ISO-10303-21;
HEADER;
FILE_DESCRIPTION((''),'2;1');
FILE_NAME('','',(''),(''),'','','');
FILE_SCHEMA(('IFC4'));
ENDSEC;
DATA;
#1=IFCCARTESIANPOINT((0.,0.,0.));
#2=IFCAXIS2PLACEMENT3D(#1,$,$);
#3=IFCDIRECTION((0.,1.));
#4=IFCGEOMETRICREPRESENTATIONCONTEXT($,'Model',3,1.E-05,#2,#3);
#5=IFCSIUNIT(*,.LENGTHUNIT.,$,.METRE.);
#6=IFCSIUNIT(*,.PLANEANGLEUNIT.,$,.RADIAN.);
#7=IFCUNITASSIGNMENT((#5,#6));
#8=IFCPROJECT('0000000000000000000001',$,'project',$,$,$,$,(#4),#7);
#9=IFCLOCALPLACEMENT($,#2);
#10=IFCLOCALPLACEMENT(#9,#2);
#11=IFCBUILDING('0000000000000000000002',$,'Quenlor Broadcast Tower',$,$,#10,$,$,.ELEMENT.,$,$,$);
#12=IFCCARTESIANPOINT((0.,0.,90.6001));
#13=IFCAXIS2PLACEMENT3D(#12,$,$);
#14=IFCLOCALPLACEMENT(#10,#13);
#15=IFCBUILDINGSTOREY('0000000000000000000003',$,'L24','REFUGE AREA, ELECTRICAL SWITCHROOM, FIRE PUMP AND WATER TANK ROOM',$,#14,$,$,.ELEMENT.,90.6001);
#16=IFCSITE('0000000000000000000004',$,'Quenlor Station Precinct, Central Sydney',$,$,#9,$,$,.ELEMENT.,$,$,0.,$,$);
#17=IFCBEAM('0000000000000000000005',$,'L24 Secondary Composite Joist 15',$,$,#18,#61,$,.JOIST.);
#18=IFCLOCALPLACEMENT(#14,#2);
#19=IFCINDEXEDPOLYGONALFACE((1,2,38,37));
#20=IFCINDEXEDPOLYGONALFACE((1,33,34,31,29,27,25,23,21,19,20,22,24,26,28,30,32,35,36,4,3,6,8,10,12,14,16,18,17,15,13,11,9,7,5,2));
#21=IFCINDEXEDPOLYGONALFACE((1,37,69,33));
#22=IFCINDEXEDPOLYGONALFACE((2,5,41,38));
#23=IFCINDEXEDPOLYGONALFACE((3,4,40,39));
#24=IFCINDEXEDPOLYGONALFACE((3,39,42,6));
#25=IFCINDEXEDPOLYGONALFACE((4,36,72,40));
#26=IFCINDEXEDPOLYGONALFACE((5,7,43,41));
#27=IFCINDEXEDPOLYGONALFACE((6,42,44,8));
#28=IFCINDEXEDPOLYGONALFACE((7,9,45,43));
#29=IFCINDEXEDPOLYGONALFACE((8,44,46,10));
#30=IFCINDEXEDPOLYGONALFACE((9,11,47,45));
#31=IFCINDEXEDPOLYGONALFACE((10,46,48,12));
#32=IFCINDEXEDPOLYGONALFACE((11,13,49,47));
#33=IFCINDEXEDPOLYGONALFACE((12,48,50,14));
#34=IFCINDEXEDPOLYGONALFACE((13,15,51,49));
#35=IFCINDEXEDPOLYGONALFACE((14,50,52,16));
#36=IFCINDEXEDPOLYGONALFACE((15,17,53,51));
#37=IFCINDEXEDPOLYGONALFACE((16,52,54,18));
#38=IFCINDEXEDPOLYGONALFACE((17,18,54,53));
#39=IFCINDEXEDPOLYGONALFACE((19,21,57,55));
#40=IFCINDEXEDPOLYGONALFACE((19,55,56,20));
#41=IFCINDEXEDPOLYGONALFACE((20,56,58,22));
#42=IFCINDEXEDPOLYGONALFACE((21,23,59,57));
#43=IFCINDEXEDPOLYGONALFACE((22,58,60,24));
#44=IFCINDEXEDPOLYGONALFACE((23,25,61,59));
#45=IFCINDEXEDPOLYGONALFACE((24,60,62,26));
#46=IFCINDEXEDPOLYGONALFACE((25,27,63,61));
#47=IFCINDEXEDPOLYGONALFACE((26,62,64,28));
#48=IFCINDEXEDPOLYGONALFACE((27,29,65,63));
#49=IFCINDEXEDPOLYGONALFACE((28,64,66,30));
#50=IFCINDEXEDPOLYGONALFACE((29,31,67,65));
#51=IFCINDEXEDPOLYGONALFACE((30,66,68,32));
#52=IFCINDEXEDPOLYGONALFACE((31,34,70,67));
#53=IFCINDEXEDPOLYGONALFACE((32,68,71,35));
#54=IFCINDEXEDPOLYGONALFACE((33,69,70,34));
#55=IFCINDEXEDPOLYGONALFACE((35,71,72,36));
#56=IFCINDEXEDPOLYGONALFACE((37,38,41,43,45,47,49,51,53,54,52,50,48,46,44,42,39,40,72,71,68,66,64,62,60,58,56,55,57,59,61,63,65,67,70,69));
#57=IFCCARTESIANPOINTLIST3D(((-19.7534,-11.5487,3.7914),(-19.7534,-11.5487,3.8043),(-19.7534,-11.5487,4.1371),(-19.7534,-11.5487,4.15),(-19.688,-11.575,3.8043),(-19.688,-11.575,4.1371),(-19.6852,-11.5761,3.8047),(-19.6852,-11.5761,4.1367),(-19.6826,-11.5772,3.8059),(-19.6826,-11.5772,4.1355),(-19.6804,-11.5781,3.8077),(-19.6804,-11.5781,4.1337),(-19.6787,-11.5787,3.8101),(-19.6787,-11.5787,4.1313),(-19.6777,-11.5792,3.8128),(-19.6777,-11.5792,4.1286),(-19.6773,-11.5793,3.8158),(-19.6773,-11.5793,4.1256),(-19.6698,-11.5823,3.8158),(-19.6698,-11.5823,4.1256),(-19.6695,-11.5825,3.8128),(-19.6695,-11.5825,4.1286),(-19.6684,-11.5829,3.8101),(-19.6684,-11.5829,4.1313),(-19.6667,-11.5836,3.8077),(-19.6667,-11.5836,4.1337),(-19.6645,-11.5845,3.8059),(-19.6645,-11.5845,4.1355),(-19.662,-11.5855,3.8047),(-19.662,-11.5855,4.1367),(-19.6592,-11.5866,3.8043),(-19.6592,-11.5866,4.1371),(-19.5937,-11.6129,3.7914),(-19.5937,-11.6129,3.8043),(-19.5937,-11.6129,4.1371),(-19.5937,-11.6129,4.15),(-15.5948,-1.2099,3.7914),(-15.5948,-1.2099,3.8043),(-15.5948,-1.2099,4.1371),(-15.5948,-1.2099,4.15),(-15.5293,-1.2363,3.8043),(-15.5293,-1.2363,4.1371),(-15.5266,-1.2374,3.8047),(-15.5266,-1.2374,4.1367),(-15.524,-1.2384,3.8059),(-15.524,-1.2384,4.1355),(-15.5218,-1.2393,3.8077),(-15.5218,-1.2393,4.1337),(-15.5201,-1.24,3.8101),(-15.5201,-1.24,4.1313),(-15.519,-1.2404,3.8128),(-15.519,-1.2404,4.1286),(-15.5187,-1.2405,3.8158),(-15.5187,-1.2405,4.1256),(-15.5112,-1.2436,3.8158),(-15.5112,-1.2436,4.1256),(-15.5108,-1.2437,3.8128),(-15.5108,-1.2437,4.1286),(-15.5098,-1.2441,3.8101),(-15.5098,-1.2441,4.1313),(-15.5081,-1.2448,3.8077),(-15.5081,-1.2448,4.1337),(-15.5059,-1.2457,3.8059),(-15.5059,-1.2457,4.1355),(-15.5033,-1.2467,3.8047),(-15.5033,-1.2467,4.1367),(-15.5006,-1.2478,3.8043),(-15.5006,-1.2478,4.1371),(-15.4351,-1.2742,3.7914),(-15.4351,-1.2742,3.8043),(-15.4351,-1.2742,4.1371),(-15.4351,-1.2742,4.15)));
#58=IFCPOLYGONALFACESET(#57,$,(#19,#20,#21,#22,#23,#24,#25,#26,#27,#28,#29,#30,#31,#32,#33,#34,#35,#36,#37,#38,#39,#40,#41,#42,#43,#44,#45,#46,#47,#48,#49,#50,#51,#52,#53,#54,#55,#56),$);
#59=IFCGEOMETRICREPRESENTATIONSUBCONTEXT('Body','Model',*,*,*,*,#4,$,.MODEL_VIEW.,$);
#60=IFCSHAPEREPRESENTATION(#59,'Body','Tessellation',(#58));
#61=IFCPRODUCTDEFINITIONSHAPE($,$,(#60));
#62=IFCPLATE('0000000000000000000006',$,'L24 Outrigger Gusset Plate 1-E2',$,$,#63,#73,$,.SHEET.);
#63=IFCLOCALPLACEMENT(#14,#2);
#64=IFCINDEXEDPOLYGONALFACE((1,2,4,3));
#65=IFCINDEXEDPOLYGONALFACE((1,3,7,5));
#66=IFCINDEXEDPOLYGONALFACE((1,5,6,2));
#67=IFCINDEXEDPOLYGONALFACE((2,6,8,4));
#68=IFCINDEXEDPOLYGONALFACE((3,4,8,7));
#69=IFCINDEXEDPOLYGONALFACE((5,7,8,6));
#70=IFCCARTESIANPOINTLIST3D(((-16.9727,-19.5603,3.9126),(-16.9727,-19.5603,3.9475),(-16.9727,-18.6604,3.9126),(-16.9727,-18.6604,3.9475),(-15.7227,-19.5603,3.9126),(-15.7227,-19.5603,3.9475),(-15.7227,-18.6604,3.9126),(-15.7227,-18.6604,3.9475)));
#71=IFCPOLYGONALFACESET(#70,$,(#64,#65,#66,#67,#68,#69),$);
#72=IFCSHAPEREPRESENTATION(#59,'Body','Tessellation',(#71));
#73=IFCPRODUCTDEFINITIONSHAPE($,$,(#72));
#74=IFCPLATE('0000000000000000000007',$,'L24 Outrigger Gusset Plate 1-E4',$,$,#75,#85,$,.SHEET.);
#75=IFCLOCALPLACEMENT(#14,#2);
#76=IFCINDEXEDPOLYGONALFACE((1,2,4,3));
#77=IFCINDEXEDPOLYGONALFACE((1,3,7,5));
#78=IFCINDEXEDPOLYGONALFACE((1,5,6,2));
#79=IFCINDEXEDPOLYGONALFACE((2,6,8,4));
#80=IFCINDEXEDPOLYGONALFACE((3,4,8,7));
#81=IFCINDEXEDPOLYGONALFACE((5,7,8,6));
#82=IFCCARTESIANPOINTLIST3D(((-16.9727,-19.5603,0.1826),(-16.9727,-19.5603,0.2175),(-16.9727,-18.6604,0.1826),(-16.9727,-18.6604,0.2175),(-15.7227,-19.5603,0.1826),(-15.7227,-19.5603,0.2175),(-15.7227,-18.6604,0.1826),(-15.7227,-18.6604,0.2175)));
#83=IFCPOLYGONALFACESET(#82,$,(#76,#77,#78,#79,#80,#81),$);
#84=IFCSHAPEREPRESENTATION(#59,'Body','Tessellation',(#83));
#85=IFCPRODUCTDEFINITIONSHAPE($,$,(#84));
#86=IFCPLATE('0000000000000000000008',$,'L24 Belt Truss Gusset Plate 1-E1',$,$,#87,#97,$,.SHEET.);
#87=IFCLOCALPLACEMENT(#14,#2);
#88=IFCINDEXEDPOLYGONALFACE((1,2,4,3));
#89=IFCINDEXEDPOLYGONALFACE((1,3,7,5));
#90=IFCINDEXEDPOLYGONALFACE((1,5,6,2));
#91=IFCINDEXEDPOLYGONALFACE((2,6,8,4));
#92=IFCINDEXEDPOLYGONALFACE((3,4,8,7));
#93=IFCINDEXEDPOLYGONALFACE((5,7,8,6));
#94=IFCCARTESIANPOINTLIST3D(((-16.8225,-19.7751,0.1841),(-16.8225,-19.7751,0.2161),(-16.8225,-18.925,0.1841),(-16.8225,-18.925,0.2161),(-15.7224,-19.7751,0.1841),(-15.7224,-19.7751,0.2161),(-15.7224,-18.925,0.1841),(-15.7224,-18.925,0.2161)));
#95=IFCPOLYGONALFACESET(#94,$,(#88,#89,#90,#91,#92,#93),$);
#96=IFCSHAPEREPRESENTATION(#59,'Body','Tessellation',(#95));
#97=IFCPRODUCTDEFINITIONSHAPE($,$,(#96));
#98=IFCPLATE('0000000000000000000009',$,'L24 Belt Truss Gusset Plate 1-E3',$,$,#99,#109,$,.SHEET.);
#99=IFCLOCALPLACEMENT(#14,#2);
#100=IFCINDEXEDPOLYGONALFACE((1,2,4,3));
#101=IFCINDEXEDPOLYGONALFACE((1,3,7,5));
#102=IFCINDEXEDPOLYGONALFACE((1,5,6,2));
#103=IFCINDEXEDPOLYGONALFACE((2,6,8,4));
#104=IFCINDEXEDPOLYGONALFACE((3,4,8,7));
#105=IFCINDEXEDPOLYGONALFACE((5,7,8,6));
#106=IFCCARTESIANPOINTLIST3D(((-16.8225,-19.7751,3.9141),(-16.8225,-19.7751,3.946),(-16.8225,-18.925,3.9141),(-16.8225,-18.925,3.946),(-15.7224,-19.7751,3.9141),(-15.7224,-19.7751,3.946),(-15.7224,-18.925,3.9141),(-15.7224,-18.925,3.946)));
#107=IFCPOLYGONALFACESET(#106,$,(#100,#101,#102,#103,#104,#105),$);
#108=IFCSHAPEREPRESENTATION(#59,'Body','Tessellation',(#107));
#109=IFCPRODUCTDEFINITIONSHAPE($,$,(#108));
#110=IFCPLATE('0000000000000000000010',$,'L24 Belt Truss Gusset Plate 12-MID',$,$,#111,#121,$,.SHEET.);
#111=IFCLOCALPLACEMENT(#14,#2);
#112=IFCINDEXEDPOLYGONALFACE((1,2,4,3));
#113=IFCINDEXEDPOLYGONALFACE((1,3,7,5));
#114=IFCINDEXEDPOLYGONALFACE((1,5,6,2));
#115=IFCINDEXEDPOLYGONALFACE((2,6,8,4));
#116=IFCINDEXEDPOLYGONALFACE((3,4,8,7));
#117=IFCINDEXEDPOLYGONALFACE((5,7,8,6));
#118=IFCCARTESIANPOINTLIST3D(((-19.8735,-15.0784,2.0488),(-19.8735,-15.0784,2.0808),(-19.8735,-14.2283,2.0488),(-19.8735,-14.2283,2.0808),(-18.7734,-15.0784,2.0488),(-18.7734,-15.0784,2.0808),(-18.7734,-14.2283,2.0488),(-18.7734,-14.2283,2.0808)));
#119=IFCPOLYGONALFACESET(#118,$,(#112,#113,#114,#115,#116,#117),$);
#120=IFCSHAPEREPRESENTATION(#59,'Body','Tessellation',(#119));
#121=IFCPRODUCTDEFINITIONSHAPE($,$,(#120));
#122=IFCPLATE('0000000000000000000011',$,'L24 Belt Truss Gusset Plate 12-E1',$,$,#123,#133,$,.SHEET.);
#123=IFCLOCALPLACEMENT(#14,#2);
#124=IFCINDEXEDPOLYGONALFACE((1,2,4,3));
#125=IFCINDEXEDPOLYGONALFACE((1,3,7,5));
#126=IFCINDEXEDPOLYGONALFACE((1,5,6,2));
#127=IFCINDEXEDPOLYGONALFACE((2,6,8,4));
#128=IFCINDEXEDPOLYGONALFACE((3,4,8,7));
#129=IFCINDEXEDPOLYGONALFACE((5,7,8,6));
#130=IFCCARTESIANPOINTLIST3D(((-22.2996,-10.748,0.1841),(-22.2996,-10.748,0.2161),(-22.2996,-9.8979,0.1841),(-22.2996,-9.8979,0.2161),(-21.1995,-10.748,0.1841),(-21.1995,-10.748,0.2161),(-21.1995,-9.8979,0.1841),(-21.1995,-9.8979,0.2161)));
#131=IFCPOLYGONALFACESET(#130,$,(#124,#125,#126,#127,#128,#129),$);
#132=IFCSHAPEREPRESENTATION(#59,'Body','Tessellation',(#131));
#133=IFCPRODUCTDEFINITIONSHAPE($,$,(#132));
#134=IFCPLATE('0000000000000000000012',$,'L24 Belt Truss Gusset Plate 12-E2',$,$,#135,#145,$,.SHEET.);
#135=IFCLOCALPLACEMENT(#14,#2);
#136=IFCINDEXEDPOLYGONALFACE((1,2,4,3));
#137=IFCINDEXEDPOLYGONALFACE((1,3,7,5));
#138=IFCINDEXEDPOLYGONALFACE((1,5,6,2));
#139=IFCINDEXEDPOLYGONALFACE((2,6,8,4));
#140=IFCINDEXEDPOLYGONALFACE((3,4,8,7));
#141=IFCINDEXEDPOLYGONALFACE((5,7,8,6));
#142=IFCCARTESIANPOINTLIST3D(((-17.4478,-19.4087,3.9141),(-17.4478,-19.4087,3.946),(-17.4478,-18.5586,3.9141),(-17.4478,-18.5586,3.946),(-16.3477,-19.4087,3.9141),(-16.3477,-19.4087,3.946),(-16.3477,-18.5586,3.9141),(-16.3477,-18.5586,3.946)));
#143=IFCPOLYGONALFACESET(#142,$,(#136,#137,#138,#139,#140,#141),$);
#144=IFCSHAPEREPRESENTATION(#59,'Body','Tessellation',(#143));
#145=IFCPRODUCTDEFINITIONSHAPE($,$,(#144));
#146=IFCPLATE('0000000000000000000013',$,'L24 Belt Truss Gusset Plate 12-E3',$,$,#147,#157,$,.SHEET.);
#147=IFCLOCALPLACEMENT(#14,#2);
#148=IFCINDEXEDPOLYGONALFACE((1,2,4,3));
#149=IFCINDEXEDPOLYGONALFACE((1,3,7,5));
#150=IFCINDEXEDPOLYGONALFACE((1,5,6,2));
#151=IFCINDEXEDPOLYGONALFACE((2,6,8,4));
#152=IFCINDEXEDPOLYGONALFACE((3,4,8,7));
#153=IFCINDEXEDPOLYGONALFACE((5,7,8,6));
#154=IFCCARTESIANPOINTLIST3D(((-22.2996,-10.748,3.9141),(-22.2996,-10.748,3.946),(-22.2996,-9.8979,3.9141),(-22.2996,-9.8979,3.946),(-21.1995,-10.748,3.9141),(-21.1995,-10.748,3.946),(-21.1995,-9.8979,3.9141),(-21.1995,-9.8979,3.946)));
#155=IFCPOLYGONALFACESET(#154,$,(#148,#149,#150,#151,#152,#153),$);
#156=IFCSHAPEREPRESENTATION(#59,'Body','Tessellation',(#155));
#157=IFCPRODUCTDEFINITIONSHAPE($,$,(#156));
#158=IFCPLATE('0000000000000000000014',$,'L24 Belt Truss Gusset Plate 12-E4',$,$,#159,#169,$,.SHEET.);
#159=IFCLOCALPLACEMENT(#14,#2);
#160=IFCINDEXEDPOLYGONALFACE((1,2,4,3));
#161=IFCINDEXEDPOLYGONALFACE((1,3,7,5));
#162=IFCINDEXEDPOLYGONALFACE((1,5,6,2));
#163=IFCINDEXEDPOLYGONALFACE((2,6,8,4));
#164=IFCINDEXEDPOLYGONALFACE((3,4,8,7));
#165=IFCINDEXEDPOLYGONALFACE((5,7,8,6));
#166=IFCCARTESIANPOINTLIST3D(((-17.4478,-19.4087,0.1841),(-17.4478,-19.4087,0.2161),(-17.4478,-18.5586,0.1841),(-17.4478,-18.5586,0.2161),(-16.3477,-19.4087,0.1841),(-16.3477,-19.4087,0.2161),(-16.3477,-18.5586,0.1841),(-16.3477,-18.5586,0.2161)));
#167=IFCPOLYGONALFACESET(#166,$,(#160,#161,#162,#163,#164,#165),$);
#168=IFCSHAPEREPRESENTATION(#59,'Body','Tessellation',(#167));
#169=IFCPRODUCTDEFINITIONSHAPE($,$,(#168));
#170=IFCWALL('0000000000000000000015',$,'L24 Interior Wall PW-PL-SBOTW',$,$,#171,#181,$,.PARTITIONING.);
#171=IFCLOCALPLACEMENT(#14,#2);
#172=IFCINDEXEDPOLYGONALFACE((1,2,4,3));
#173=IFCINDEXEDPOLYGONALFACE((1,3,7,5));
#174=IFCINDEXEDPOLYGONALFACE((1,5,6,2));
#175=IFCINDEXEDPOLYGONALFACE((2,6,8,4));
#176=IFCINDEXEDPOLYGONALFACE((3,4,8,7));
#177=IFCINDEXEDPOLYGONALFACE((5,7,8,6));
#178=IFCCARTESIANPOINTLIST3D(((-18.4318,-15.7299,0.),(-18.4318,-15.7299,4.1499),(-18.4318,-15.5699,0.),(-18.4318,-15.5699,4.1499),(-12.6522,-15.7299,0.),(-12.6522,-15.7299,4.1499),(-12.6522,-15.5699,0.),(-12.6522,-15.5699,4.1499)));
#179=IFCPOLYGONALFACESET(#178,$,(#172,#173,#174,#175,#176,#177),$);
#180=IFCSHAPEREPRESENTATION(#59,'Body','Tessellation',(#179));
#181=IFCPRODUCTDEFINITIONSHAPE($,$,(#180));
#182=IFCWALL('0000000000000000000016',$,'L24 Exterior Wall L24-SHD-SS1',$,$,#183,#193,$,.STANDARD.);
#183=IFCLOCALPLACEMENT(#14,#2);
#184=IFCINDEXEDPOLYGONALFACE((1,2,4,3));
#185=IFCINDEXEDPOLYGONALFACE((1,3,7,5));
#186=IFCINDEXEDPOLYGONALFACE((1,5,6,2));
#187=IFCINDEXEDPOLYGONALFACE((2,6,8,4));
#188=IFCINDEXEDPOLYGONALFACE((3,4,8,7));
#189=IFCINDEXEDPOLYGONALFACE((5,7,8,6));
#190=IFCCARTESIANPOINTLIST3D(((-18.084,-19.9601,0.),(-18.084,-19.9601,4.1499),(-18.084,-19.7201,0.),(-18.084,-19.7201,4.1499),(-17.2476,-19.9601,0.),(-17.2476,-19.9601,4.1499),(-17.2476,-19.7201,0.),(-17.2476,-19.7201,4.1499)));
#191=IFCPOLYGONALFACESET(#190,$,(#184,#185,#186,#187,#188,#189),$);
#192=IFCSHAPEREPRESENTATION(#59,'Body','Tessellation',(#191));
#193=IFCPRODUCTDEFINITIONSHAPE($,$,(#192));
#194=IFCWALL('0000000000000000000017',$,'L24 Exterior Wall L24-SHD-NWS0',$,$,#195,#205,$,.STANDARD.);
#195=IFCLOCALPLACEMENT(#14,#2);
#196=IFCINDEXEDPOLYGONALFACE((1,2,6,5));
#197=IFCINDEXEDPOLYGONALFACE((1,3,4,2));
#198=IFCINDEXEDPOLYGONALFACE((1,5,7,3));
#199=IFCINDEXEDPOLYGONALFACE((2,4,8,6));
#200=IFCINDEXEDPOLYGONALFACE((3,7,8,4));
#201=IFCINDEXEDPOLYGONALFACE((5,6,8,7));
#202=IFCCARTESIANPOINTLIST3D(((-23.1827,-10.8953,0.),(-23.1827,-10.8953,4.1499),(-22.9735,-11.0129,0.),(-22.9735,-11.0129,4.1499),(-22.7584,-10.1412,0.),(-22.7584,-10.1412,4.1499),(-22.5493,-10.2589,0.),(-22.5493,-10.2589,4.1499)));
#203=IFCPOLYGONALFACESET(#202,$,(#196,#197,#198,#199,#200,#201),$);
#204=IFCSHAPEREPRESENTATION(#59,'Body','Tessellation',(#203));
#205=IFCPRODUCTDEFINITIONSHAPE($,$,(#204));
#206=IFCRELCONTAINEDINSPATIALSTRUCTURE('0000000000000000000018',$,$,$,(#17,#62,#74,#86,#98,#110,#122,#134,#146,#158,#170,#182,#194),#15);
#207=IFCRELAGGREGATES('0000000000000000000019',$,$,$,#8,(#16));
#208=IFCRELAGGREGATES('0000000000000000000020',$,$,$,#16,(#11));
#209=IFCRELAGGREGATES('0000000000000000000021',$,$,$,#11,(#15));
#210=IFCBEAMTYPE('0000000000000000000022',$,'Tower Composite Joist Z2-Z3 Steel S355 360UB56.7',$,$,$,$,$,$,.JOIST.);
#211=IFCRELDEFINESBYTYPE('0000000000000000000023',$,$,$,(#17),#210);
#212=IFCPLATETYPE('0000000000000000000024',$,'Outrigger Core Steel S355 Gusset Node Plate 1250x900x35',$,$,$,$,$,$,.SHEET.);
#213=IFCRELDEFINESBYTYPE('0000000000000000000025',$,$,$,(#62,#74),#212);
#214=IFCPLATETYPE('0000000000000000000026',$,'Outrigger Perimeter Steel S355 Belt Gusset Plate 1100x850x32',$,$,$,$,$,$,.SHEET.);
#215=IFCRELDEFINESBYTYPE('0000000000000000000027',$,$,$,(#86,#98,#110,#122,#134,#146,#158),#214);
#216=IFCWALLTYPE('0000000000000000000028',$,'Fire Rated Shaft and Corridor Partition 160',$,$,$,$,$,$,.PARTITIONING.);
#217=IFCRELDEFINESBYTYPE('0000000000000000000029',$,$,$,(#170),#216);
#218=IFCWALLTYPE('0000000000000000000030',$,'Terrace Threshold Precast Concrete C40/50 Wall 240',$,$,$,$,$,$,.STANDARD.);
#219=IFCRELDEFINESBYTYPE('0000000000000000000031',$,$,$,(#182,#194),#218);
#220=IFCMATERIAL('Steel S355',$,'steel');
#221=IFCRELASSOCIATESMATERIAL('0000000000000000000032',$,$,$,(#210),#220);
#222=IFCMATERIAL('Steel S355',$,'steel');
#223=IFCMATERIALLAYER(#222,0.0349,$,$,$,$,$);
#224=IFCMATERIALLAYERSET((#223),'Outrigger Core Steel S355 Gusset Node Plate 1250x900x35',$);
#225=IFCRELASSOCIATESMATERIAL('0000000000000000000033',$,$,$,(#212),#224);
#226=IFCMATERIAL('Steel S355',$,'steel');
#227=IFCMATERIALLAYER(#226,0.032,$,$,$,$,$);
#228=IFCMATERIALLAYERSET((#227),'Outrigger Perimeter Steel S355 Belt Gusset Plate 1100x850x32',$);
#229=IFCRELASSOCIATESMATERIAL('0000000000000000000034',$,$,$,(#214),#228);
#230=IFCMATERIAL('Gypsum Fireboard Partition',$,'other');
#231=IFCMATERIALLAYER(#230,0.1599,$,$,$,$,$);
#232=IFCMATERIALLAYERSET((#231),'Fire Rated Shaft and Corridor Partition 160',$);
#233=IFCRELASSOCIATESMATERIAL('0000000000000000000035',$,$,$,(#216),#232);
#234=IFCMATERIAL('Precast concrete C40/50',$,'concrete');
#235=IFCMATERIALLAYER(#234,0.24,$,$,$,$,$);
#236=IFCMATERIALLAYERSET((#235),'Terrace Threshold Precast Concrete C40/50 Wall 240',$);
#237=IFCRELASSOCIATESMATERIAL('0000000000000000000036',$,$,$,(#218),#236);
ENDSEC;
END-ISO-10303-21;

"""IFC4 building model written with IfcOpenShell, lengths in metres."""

from ifc_helpers import new_model, si_unit, direction, frame, frame_2d, origin, origin_2d, place, context, subcontext, project, spatial, rectangle, i_section, extrude, material, layer, layer_set, material_profile, profile_set, type_object, element, save


model = new_model("IFC4")

# Units and contexts
model_context = context("Model", 3, precision=1e-05, world=origin(), true_north=direction((0.0, 1.0)))
body_context = subcontext(model_context, "Body", "Model", "MODEL_VIEW")
ifc_project = project(units=[si_unit("LENGTHUNIT", "METRE"), si_unit("PLANEANGLEUNIT", "RADIAN")], contexts=[model_context])

# Site, building, storey
site_placement = place(None, origin())
site = spatial("IfcSite", under=ifc_project, at=site_placement, Name="Quenlor Station Precinct, Central Sydney", CompositionType="ELEMENT", RefElevation=0.0)
building_placement = place(site_placement, origin())
building = spatial("IfcBuilding", under=site, at=building_placement, Name="Quenlor Broadcast Tower", CompositionType="ELEMENT")
storey_placement = place(building_placement, frame((0.0, 0.0, 90.6001)))
storey = spatial("IfcBuildingStorey", under=building, at=storey_placement, Name="L24", Description="REFUGE AREA, ELECTRICAL SWITCHROOM, FIRE PUMP AND WATER TANK ROOM", CompositionType="ELEMENT", Elevation=90.6001)

# Beam
ifc_material_1 = material(Name="Steel S355", Category="steel")
ifc_material_profile_1 = material_profile(ifc_material_1, i_section(OverallWidth=0.1721, OverallDepth=0.3586, WebThickness=0.0081, FlangeThickness=0.0129, FilletRadius=0.0115, at=origin_2d()))
ifc_profile_set_1 = profile_set([ifc_material_profile_1], Name="Steel S355 360UB56.7")
beam_type_1 = type_object("IfcBeamType", Name="Tower Composite Joist Z2-Z3 Steel S355 360UB56.7", PredefinedType="JOIST", material=ifc_profile_set_1)
beam_1_placement = place(storey_placement, frame((-19.6736, -11.5808, 3.9707), z_axis=(0.37318, 0.927759, 0.0), x_axis=(-0.927759, 0.37318, 0.0)))
element("IfcBeam", 1, at=beam_1_placement, inside=storey, type_object=beam_type_1, Name="L24 Secondary Composite Joist 15", PredefinedType="JOIST", context=body_context, shape_type="SweptSolid", body=[
    extrude(i_section(OverallWidth=0.1721, OverallDepth=0.3586, WebThickness=0.0081, FlangeThickness=0.0129, FilletRadius=0.0115, at=origin_2d()), origin(), (0.0, 0.0, 1.0), 11.1438),
])

# Plates
ifc_material_2 = material(Name="Steel S355", Category="steel")
ifc_layer_1 = layer(ifc_material_2, 0.0349)
ifc_layer_set_1 = layer_set([ifc_layer_1], Name="Outrigger Core Steel S355 Gusset Node Plate 1250x900x35")
plate_type_1 = type_object("IfcPlateType", Name="Outrigger Core Steel S355 Gusset Node Plate 1250x900x35", PredefinedType="SHEET", material=ifc_layer_set_1)
for number, where, z_axis, x_axis, name in (
    (2, (-16.3477, -19.1104, 3.9126), (0.0, 0.0, 1.0), (1.0, 0.0, 0.0), "L24 Outrigger Gusset Plate 1-E2"),
    (3, (-16.3477, -19.1104, 0.1826), (0.0, 0.0, 1.0), (1.0, 0.0, 0.0), "L24 Outrigger Gusset Plate 1-E4"),
):
    element("IfcPlate", number, at=place(storey_placement, frame(where, z_axis=z_axis, x_axis=x_axis)), inside=storey, type_object=plate_type_1, Name=name, PredefinedType="SHEET", context=body_context, shape_type="SweptSolid", body=[
        extrude(rectangle(XDim=1.25, YDim=0.8999, at=origin_2d()), origin(), (0.0, 0.0, 1.0), 0.0349),
    ])
ifc_material_3 = material(Name="Steel S355", Category="steel")
ifc_layer_2 = layer(ifc_material_3, 0.032)
ifc_layer_set_2 = layer_set([ifc_layer_2], Name="Outrigger Perimeter Steel S355 Belt Gusset Plate 1100x850x32")
plate_type_2 = type_object("IfcPlateType", Name="Outrigger Perimeter Steel S355 Belt Gusset Plate 1100x850x32", PredefinedType="SHEET", material=ifc_layer_set_2)
for number, where, z_axis, x_axis, name in (
    (4, (-16.2725, -19.3501, 0.1841), (0.0, 0.0, 1.0), (1.0, 0.0, 0.0), "L24 Belt Truss Gusset Plate 1-E1"),
    (5, (-16.2725, -19.3501, 3.9141), (0.0, 0.0, 1.0), (1.0, 0.0, 0.0), "L24 Belt Truss Gusset Plate 1-E3"),
    (6, (-19.3235, -14.6533, 2.0488), (0.0, 0.0, 1.0), (1.0, 0.0, 0.0), "L24 Belt Truss Gusset Plate 12-MID"),
    (7, (-21.7495, -10.323, 0.1841), (0.0, 0.0, 1.0), (1.0, 0.0, 0.0), "L24 Belt Truss Gusset Plate 12-E1"),
    (8, (-16.8977, -18.9836, 3.9141), (0.0, 0.0, 1.0), (1.0, 0.0, 0.0), "L24 Belt Truss Gusset Plate 12-E2"),
    (9, (-21.7495, -10.323, 3.9141), (0.0, 0.0, 1.0), (1.0, 0.0, 0.0), "L24 Belt Truss Gusset Plate 12-E3"),
    (10, (-16.8977, -18.9836, 0.1841), (0.0, 0.0, 1.0), (1.0, 0.0, 0.0), "L24 Belt Truss Gusset Plate 12-E4"),
):
    element("IfcPlate", number, at=place(storey_placement, frame(where, z_axis=z_axis, x_axis=x_axis)), inside=storey, type_object=plate_type_2, Name=name, PredefinedType="SHEET", context=body_context, shape_type="SweptSolid", body=[
        extrude(rectangle(XDim=1.1001, YDim=0.8501, at=origin_2d()), origin(), (0.0, 0.0, 1.0), 0.032),
    ])

# Walls
ifc_material_4 = material(Name="Gypsum Fireboard Partition", Category="other")
ifc_layer_3 = layer(ifc_material_4, 0.1599)
ifc_layer_set_3 = layer_set([ifc_layer_3], Name="Fire Rated Shaft and Corridor Partition 160")
wall_type_1 = type_object("IfcWallType", Name="Fire Rated Shaft and Corridor Partition 160", PredefinedType="PARTITIONING", material=ifc_layer_set_3)
wall_1_placement = place(storey_placement, frame((-18.4316, -15.6499, 0.0), z_axis=(0.0, 0.0, 1.0), x_axis=(1.0, 0.0, 0.0)))
element("IfcWall", 11, at=wall_1_placement, inside=storey, type_object=wall_type_1, Name="L24 Interior Wall PW-PL-SBOTW", PredefinedType="PARTITIONING", context=body_context, shape_type="SweptSolid", body=[
    extrude(rectangle(XDim=5.7795, YDim=0.1599, at=frame_2d((2.8896, 0.0))), origin(), (0.0, 0.0, 1.0), 4.1499),
])
ifc_material_5 = material(Name="Precast concrete C40/50", Category="concrete")
ifc_layer_4 = layer(ifc_material_5, 0.24)
ifc_layer_set_4 = layer_set([ifc_layer_4], Name="Terrace Threshold Precast Concrete C40/50 Wall 240")
wall_type_2 = type_object("IfcWallType", Name="Terrace Threshold Precast Concrete C40/50 Wall 240", PredefinedType="STANDARD", material=ifc_layer_set_4)
wall_2_placement = place(storey_placement, frame((-17.2476, -19.8401, 0.0), z_axis=(0.0, 0.0, 1.0), x_axis=(-1.0, 0.0, 0.0)))
element("IfcWall", 12, at=wall_2_placement, inside=storey, type_object=wall_type_2, Name="L24 Exterior Wall L24-SHD-SS1", PredefinedType="STANDARD", context=body_context, shape_type="SweptSolid", body=[
    extrude(rectangle(XDim=0.8364, YDim=0.24, at=frame_2d((0.4182, 0.0))), origin(), (0.0, 0.0, 1.0), 4.1499),
])
wall_3_placement = place(storey_placement, frame((-23.0781, -10.9541, 0.0), z_axis=(0.0, 0.0, 1.0), x_axis=(0.490355, 0.871523, 0.0)))
element("IfcWall", 13, at=wall_3_placement, inside=storey, type_object=wall_type_2, Name="L24 Exterior Wall L24-SHD-NWS0", PredefinedType="STANDARD", context=body_context, shape_type="SweptSolid", body=[
    extrude(rectangle(XDim=0.8652, YDim=0.24, at=frame_2d((0.4326, 0.0))), origin(), (0.0, 0.0, 1.0), 4.1499),
])

save(model, "model.ifc")
